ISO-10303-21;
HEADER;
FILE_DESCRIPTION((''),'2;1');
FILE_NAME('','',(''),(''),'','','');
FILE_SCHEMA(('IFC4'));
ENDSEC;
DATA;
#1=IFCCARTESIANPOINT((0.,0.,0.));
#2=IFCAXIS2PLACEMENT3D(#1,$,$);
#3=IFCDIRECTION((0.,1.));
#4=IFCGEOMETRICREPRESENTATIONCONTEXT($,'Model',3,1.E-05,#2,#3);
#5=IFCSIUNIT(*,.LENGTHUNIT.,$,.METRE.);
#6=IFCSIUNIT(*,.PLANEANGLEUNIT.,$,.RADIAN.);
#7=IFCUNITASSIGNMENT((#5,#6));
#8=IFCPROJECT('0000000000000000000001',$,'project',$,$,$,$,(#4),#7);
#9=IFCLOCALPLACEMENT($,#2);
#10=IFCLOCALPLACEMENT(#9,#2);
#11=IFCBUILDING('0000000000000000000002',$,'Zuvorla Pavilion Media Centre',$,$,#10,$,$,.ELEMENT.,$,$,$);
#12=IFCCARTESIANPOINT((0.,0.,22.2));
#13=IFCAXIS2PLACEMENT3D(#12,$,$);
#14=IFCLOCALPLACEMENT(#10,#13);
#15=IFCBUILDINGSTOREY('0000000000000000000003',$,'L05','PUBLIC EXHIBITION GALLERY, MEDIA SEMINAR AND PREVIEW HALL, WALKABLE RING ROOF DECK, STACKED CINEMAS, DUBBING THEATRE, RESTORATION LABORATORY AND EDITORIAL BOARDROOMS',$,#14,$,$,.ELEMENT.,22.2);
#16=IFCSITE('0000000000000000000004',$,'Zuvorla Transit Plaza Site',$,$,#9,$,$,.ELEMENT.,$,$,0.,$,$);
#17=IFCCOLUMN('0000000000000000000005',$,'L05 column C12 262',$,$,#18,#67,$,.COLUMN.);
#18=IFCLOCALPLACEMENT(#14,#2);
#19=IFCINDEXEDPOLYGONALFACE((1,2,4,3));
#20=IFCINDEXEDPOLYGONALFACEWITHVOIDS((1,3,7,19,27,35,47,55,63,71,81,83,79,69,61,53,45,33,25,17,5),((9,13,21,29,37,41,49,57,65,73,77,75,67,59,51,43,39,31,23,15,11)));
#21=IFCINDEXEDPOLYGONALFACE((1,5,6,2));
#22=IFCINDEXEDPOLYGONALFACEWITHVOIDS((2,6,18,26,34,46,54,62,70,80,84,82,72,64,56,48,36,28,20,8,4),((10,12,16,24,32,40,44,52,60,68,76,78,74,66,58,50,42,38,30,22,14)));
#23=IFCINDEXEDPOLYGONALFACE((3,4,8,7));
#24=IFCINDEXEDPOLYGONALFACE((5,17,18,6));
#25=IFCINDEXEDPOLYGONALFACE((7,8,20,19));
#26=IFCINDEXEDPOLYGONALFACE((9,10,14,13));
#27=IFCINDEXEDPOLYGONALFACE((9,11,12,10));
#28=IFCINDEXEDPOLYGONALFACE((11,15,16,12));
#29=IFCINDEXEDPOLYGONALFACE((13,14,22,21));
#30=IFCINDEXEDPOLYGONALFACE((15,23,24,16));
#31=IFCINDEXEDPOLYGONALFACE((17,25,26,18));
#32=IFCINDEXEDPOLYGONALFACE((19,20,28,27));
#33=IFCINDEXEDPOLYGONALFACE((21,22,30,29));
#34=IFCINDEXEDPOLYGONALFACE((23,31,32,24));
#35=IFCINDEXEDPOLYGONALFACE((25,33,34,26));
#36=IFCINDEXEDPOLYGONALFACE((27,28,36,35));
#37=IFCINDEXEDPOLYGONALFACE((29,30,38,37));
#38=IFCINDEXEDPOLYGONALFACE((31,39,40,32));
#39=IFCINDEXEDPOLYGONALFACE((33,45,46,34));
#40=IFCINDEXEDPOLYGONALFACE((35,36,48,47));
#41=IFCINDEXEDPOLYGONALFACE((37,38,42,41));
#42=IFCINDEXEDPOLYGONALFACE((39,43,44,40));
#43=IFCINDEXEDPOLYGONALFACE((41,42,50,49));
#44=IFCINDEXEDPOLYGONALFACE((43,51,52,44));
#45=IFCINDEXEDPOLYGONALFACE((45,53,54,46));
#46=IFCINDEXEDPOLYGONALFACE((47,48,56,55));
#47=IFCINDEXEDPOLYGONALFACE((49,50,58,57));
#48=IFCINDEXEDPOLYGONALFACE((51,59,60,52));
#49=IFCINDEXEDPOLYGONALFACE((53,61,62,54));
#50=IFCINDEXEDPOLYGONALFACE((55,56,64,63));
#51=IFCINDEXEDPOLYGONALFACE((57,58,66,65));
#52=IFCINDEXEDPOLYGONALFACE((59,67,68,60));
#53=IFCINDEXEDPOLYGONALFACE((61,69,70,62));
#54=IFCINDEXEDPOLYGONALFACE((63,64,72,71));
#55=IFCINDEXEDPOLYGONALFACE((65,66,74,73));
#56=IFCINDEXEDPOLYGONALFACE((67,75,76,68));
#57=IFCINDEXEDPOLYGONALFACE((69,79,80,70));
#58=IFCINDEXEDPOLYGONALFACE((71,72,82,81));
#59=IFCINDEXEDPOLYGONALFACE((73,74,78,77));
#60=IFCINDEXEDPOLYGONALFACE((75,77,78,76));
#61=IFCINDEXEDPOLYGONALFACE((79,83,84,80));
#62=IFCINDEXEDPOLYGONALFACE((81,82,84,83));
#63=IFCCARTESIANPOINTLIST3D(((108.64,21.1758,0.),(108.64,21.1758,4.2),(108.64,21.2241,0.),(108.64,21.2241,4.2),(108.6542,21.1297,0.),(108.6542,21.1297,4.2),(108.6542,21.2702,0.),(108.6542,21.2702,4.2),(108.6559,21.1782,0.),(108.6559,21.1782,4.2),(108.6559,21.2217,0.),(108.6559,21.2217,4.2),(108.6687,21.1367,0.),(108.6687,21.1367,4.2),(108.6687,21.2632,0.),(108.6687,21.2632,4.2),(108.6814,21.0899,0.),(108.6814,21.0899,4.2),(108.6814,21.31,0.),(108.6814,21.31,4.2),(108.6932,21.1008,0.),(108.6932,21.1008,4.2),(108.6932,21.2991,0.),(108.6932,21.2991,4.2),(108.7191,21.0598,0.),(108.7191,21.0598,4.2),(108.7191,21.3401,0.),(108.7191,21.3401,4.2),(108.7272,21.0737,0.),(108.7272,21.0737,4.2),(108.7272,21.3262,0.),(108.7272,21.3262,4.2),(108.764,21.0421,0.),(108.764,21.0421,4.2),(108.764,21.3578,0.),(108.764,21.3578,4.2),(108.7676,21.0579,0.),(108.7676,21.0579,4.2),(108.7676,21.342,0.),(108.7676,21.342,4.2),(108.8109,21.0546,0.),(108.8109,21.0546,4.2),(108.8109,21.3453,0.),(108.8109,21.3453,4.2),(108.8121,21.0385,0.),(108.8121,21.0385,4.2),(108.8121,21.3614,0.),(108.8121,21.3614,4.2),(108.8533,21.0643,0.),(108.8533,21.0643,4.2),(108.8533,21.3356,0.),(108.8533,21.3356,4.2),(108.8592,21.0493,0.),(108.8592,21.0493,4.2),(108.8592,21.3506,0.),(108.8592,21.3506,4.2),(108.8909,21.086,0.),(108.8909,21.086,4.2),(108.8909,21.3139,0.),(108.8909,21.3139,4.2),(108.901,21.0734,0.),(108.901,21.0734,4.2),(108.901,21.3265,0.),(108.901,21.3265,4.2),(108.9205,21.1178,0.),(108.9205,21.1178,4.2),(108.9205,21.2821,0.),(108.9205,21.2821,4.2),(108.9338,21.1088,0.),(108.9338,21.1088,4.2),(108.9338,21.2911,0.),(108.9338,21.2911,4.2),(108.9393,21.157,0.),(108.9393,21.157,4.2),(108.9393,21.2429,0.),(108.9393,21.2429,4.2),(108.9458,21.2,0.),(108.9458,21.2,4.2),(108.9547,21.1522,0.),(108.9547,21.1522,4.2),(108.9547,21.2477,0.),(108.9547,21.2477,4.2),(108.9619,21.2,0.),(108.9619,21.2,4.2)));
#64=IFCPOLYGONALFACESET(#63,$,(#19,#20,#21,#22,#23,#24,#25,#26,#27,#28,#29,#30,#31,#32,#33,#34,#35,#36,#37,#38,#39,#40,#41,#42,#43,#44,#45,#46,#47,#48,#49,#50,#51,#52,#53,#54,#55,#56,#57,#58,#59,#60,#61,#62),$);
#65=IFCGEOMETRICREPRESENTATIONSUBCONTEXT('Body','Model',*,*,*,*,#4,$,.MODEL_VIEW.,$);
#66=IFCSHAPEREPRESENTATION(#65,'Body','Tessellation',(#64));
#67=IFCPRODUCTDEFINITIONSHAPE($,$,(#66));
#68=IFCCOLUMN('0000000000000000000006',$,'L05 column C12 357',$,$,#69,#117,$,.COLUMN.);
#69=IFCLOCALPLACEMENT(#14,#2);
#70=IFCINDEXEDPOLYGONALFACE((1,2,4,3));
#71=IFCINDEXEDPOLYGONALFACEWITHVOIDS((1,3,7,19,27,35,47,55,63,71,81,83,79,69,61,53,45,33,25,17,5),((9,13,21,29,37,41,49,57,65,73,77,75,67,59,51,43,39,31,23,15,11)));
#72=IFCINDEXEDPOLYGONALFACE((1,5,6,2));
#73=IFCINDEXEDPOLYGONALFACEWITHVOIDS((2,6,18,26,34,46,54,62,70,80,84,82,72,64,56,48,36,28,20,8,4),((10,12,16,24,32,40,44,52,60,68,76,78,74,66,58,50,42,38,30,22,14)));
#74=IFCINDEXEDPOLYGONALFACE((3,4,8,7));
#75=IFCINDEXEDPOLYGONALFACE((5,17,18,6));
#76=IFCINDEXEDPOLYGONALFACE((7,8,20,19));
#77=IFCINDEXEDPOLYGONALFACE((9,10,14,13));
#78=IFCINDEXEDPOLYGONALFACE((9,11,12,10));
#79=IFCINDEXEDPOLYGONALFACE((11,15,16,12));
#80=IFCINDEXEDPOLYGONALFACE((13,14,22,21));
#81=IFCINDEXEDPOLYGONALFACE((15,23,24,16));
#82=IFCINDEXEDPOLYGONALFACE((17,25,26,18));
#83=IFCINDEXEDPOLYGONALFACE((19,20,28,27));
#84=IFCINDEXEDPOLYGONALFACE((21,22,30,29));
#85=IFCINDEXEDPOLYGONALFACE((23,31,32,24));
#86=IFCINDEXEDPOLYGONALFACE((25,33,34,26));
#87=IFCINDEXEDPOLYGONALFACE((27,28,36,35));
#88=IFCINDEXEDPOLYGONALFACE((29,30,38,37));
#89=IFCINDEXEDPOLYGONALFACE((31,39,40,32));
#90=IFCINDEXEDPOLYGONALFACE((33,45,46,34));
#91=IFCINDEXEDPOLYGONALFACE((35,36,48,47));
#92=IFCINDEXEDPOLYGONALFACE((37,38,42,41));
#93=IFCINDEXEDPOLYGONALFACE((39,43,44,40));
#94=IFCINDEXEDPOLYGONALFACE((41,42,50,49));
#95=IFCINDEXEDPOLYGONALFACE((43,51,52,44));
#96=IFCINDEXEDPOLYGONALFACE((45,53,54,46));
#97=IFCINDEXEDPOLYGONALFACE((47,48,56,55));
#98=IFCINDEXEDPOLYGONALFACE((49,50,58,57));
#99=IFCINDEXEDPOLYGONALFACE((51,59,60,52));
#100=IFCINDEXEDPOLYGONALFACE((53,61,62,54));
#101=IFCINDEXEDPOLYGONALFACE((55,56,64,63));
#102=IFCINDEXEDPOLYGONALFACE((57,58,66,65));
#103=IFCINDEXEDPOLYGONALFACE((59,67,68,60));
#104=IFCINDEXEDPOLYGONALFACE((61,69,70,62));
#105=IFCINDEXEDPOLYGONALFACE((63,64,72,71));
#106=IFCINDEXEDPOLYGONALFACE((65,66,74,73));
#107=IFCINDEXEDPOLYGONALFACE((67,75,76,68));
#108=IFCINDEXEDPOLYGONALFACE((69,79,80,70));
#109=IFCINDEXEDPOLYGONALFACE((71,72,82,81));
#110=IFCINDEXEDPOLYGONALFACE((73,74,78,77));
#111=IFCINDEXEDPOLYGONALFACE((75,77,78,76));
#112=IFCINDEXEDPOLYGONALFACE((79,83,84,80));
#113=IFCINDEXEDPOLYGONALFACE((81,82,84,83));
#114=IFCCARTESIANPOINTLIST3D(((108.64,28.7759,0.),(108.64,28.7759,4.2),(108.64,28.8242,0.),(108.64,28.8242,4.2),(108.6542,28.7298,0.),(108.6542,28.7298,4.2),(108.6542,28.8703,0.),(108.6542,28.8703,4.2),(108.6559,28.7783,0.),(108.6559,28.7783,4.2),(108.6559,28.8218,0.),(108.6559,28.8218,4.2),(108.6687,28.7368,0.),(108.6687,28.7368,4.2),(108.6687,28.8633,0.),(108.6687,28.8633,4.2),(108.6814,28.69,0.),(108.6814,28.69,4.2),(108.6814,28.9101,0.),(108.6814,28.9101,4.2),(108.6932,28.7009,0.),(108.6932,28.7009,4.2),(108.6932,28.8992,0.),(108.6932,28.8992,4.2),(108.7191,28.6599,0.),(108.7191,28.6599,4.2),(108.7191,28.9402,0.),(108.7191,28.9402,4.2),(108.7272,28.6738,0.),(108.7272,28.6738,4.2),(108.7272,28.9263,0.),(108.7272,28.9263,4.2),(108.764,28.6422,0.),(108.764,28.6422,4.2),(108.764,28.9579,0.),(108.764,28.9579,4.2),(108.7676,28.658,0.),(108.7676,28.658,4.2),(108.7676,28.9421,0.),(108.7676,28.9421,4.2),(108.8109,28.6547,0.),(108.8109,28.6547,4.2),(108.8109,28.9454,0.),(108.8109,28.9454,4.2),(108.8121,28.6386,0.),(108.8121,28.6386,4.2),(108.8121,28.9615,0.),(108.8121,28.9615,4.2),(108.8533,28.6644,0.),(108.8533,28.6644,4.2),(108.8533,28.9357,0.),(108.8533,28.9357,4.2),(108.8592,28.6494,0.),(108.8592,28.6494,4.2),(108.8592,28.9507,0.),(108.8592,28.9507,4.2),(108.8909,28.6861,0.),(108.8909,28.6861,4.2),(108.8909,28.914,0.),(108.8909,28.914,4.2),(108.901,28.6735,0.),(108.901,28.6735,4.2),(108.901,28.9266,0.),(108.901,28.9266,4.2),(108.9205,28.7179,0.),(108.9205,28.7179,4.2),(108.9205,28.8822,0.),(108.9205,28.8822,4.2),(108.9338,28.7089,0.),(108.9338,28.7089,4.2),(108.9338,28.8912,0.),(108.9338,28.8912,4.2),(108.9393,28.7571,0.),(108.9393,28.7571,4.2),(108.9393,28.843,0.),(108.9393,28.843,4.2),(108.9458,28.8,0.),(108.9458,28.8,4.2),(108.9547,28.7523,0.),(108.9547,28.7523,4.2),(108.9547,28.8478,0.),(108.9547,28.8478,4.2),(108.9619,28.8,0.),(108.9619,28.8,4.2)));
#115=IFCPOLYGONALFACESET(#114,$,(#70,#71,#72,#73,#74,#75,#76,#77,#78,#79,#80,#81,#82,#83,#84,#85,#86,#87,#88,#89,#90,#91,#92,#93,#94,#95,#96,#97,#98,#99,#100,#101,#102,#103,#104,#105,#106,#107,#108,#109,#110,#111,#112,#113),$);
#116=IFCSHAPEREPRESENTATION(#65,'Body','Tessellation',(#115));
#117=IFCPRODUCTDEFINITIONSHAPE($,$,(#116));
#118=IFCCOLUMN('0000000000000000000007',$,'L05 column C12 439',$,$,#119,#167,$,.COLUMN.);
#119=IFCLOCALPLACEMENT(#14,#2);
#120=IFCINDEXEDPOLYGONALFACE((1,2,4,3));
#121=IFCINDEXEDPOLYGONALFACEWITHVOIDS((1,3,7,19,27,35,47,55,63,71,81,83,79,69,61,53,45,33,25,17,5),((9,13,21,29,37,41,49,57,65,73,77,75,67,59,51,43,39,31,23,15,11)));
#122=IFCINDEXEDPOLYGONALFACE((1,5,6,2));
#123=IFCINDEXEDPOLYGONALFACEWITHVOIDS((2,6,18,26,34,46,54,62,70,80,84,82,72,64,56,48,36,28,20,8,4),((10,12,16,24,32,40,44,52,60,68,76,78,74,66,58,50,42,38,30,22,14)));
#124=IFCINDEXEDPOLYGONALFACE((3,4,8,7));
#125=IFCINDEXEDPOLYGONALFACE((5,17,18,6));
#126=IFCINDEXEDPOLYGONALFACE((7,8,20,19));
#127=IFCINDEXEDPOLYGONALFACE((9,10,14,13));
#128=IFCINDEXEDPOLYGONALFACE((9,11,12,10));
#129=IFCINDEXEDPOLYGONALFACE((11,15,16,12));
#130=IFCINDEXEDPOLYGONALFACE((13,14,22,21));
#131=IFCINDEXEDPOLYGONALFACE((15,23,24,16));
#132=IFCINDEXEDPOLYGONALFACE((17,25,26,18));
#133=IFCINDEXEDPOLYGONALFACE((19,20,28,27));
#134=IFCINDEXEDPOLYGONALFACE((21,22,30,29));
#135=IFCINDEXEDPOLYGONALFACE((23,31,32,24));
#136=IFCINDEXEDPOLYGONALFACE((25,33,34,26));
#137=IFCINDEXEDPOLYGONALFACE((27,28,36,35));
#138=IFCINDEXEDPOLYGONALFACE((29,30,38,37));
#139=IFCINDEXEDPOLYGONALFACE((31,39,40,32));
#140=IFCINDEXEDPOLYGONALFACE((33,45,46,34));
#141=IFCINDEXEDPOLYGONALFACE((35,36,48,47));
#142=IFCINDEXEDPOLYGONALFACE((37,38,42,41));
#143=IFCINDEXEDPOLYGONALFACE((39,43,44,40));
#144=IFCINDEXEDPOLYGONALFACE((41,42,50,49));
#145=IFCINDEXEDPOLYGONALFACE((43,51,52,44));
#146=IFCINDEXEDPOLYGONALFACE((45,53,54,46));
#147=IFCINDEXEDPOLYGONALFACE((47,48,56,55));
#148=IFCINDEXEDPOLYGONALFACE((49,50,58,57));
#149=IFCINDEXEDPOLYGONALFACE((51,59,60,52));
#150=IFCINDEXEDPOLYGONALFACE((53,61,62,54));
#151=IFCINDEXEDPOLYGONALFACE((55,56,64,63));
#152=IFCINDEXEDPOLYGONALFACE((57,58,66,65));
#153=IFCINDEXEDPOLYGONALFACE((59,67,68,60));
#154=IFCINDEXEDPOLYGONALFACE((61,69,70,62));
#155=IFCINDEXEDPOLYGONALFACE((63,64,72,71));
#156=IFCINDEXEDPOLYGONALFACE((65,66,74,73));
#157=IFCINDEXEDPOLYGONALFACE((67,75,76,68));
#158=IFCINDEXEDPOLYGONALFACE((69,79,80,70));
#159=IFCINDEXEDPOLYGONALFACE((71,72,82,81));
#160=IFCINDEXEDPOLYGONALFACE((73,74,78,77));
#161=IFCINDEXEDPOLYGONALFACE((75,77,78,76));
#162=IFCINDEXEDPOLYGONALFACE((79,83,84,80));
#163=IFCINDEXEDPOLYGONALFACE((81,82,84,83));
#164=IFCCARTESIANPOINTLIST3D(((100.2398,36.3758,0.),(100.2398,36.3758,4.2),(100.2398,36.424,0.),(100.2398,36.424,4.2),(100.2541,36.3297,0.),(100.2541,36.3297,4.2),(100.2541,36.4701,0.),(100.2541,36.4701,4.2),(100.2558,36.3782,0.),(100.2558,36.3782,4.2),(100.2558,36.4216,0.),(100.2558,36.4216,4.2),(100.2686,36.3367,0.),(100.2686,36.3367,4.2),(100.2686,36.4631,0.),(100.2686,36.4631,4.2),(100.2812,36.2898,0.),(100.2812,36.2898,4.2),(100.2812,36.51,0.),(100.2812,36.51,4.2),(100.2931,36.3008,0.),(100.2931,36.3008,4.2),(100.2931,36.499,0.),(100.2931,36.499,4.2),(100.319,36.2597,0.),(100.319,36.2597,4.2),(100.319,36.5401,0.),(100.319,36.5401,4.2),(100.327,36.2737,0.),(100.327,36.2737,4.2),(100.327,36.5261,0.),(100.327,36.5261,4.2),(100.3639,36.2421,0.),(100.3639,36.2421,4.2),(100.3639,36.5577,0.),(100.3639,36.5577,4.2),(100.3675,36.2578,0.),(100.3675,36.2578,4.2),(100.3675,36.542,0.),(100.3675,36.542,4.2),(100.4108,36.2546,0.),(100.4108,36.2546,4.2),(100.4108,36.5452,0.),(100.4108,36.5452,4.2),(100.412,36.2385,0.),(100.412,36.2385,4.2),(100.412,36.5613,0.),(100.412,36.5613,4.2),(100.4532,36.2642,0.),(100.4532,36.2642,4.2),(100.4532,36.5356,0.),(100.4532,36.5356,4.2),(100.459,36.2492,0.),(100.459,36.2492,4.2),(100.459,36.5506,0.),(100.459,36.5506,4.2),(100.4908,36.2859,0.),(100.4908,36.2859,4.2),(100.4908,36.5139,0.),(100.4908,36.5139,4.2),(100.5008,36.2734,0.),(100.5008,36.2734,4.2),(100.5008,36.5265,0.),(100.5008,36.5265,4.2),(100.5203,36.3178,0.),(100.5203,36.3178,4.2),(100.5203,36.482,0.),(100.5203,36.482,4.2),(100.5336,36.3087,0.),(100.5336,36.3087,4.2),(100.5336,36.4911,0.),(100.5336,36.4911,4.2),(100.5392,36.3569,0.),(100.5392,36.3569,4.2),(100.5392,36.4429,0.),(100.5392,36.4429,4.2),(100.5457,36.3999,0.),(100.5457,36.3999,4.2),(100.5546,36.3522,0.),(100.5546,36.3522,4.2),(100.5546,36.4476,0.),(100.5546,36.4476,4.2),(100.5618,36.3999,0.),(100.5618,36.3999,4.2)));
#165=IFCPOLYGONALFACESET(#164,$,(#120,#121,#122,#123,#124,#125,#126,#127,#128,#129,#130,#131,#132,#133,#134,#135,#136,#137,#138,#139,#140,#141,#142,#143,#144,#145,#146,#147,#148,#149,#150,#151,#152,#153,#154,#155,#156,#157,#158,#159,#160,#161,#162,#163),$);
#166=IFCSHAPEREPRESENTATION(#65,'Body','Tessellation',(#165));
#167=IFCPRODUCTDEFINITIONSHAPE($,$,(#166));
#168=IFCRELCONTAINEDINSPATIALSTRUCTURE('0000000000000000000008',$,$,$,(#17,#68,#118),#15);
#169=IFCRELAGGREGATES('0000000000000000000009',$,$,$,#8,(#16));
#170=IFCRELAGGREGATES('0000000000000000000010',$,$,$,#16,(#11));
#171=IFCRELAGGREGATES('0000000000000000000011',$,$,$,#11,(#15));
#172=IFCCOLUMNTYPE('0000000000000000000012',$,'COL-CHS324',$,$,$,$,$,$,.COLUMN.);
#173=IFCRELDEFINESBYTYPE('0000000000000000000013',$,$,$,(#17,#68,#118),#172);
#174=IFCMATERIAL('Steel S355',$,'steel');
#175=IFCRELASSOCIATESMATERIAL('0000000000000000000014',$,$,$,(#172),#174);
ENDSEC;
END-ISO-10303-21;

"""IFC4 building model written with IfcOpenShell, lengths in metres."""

from ifc_helpers import new_model, si_unit, direction, frame, origin, origin_2d, place, context, subcontext, project, spatial, hollow_circle, extrude, material, material_profile, profile_set, type_object, element, save


model = new_model("IFC4")

# Units and contexts
model_context = context("Model", 3, precision=1e-05, world=origin(), true_north=direction((0.0, 1.0)))
body_context = subcontext(model_context, "Body", "Model", "MODEL_VIEW")
ifc_project = project(units=[si_unit("LENGTHUNIT", "METRE"), si_unit("PLANEANGLEUNIT", "RADIAN")], contexts=[model_context])

# Site, building, storey
site_placement = place(None, origin())
site = spatial("IfcSite", under=ifc_project, at=site_placement, Name="Zuvorla Transit Plaza Site", CompositionType="ELEMENT", RefElevation=0.0)
building_placement = place(site_placement, origin())
building = spatial("IfcBuilding", under=site, at=building_placement, Name="Zuvorla Pavilion Media Centre", CompositionType="ELEMENT")
storey_placement = place(building_placement, frame((0.0, 0.0, 22.2)))
storey = spatial("IfcBuildingStorey", under=building, at=storey_placement, Name="L05", Description="PUBLIC EXHIBITION GALLERY, MEDIA SEMINAR AND PREVIEW HALL, WALKABLE RING ROOF DECK, STACKED CINEMAS, DUBBING THEATRE, RESTORATION LABORATORY AND EDITORIAL BOARDROOMS", CompositionType="ELEMENT", Elevation=22.2)

# Columns
ifc_material_1 = material(Name="Steel S355", Category="steel")
ifc_material_profile_1 = material_profile(ifc_material_1, hollow_circle(Radius=0.1619, WallThickness=0.0161, at=origin_2d()), Name="CHS 323.9x16")
ifc_profile_set_1 = profile_set([ifc_material_profile_1], Name="Steel S355")
column_type = type_object("IfcColumnType", Name="COL-CHS324", PredefinedType="COLUMN", material=ifc_profile_set_1)
for number, where, z_axis, x_axis, name in (
    (1, (108.8, 21.2, 0.0), (0.0, 0.0, 1.0), (1.0, 0.0, 0.0), "L05 column C12 262"),
    (2, (108.8, 28.8, 0.0), (0.0, 0.0, 1.0), (1.0, 0.0, 0.0), "L05 column C12 357"),
    (3, (100.3999, 36.3999, 0.0), (0.0, 0.0, 1.0), (1.0, 0.0, 0.0), "L05 column C12 439"),
):
    element("IfcColumn", number, at=place(storey_placement, frame(where, z_axis=z_axis, x_axis=x_axis)), inside=storey, type_object=column_type, Name=name, PredefinedType="COLUMN", context=body_context, shape_type="SweptSolid", body=[
        extrude(hollow_circle(Radius=0.1619, WallThickness=0.0161, at=origin_2d()), origin(), (0.0, 0.0, 1.0), 4.2),
    ])

save(model, "model.ifc")
